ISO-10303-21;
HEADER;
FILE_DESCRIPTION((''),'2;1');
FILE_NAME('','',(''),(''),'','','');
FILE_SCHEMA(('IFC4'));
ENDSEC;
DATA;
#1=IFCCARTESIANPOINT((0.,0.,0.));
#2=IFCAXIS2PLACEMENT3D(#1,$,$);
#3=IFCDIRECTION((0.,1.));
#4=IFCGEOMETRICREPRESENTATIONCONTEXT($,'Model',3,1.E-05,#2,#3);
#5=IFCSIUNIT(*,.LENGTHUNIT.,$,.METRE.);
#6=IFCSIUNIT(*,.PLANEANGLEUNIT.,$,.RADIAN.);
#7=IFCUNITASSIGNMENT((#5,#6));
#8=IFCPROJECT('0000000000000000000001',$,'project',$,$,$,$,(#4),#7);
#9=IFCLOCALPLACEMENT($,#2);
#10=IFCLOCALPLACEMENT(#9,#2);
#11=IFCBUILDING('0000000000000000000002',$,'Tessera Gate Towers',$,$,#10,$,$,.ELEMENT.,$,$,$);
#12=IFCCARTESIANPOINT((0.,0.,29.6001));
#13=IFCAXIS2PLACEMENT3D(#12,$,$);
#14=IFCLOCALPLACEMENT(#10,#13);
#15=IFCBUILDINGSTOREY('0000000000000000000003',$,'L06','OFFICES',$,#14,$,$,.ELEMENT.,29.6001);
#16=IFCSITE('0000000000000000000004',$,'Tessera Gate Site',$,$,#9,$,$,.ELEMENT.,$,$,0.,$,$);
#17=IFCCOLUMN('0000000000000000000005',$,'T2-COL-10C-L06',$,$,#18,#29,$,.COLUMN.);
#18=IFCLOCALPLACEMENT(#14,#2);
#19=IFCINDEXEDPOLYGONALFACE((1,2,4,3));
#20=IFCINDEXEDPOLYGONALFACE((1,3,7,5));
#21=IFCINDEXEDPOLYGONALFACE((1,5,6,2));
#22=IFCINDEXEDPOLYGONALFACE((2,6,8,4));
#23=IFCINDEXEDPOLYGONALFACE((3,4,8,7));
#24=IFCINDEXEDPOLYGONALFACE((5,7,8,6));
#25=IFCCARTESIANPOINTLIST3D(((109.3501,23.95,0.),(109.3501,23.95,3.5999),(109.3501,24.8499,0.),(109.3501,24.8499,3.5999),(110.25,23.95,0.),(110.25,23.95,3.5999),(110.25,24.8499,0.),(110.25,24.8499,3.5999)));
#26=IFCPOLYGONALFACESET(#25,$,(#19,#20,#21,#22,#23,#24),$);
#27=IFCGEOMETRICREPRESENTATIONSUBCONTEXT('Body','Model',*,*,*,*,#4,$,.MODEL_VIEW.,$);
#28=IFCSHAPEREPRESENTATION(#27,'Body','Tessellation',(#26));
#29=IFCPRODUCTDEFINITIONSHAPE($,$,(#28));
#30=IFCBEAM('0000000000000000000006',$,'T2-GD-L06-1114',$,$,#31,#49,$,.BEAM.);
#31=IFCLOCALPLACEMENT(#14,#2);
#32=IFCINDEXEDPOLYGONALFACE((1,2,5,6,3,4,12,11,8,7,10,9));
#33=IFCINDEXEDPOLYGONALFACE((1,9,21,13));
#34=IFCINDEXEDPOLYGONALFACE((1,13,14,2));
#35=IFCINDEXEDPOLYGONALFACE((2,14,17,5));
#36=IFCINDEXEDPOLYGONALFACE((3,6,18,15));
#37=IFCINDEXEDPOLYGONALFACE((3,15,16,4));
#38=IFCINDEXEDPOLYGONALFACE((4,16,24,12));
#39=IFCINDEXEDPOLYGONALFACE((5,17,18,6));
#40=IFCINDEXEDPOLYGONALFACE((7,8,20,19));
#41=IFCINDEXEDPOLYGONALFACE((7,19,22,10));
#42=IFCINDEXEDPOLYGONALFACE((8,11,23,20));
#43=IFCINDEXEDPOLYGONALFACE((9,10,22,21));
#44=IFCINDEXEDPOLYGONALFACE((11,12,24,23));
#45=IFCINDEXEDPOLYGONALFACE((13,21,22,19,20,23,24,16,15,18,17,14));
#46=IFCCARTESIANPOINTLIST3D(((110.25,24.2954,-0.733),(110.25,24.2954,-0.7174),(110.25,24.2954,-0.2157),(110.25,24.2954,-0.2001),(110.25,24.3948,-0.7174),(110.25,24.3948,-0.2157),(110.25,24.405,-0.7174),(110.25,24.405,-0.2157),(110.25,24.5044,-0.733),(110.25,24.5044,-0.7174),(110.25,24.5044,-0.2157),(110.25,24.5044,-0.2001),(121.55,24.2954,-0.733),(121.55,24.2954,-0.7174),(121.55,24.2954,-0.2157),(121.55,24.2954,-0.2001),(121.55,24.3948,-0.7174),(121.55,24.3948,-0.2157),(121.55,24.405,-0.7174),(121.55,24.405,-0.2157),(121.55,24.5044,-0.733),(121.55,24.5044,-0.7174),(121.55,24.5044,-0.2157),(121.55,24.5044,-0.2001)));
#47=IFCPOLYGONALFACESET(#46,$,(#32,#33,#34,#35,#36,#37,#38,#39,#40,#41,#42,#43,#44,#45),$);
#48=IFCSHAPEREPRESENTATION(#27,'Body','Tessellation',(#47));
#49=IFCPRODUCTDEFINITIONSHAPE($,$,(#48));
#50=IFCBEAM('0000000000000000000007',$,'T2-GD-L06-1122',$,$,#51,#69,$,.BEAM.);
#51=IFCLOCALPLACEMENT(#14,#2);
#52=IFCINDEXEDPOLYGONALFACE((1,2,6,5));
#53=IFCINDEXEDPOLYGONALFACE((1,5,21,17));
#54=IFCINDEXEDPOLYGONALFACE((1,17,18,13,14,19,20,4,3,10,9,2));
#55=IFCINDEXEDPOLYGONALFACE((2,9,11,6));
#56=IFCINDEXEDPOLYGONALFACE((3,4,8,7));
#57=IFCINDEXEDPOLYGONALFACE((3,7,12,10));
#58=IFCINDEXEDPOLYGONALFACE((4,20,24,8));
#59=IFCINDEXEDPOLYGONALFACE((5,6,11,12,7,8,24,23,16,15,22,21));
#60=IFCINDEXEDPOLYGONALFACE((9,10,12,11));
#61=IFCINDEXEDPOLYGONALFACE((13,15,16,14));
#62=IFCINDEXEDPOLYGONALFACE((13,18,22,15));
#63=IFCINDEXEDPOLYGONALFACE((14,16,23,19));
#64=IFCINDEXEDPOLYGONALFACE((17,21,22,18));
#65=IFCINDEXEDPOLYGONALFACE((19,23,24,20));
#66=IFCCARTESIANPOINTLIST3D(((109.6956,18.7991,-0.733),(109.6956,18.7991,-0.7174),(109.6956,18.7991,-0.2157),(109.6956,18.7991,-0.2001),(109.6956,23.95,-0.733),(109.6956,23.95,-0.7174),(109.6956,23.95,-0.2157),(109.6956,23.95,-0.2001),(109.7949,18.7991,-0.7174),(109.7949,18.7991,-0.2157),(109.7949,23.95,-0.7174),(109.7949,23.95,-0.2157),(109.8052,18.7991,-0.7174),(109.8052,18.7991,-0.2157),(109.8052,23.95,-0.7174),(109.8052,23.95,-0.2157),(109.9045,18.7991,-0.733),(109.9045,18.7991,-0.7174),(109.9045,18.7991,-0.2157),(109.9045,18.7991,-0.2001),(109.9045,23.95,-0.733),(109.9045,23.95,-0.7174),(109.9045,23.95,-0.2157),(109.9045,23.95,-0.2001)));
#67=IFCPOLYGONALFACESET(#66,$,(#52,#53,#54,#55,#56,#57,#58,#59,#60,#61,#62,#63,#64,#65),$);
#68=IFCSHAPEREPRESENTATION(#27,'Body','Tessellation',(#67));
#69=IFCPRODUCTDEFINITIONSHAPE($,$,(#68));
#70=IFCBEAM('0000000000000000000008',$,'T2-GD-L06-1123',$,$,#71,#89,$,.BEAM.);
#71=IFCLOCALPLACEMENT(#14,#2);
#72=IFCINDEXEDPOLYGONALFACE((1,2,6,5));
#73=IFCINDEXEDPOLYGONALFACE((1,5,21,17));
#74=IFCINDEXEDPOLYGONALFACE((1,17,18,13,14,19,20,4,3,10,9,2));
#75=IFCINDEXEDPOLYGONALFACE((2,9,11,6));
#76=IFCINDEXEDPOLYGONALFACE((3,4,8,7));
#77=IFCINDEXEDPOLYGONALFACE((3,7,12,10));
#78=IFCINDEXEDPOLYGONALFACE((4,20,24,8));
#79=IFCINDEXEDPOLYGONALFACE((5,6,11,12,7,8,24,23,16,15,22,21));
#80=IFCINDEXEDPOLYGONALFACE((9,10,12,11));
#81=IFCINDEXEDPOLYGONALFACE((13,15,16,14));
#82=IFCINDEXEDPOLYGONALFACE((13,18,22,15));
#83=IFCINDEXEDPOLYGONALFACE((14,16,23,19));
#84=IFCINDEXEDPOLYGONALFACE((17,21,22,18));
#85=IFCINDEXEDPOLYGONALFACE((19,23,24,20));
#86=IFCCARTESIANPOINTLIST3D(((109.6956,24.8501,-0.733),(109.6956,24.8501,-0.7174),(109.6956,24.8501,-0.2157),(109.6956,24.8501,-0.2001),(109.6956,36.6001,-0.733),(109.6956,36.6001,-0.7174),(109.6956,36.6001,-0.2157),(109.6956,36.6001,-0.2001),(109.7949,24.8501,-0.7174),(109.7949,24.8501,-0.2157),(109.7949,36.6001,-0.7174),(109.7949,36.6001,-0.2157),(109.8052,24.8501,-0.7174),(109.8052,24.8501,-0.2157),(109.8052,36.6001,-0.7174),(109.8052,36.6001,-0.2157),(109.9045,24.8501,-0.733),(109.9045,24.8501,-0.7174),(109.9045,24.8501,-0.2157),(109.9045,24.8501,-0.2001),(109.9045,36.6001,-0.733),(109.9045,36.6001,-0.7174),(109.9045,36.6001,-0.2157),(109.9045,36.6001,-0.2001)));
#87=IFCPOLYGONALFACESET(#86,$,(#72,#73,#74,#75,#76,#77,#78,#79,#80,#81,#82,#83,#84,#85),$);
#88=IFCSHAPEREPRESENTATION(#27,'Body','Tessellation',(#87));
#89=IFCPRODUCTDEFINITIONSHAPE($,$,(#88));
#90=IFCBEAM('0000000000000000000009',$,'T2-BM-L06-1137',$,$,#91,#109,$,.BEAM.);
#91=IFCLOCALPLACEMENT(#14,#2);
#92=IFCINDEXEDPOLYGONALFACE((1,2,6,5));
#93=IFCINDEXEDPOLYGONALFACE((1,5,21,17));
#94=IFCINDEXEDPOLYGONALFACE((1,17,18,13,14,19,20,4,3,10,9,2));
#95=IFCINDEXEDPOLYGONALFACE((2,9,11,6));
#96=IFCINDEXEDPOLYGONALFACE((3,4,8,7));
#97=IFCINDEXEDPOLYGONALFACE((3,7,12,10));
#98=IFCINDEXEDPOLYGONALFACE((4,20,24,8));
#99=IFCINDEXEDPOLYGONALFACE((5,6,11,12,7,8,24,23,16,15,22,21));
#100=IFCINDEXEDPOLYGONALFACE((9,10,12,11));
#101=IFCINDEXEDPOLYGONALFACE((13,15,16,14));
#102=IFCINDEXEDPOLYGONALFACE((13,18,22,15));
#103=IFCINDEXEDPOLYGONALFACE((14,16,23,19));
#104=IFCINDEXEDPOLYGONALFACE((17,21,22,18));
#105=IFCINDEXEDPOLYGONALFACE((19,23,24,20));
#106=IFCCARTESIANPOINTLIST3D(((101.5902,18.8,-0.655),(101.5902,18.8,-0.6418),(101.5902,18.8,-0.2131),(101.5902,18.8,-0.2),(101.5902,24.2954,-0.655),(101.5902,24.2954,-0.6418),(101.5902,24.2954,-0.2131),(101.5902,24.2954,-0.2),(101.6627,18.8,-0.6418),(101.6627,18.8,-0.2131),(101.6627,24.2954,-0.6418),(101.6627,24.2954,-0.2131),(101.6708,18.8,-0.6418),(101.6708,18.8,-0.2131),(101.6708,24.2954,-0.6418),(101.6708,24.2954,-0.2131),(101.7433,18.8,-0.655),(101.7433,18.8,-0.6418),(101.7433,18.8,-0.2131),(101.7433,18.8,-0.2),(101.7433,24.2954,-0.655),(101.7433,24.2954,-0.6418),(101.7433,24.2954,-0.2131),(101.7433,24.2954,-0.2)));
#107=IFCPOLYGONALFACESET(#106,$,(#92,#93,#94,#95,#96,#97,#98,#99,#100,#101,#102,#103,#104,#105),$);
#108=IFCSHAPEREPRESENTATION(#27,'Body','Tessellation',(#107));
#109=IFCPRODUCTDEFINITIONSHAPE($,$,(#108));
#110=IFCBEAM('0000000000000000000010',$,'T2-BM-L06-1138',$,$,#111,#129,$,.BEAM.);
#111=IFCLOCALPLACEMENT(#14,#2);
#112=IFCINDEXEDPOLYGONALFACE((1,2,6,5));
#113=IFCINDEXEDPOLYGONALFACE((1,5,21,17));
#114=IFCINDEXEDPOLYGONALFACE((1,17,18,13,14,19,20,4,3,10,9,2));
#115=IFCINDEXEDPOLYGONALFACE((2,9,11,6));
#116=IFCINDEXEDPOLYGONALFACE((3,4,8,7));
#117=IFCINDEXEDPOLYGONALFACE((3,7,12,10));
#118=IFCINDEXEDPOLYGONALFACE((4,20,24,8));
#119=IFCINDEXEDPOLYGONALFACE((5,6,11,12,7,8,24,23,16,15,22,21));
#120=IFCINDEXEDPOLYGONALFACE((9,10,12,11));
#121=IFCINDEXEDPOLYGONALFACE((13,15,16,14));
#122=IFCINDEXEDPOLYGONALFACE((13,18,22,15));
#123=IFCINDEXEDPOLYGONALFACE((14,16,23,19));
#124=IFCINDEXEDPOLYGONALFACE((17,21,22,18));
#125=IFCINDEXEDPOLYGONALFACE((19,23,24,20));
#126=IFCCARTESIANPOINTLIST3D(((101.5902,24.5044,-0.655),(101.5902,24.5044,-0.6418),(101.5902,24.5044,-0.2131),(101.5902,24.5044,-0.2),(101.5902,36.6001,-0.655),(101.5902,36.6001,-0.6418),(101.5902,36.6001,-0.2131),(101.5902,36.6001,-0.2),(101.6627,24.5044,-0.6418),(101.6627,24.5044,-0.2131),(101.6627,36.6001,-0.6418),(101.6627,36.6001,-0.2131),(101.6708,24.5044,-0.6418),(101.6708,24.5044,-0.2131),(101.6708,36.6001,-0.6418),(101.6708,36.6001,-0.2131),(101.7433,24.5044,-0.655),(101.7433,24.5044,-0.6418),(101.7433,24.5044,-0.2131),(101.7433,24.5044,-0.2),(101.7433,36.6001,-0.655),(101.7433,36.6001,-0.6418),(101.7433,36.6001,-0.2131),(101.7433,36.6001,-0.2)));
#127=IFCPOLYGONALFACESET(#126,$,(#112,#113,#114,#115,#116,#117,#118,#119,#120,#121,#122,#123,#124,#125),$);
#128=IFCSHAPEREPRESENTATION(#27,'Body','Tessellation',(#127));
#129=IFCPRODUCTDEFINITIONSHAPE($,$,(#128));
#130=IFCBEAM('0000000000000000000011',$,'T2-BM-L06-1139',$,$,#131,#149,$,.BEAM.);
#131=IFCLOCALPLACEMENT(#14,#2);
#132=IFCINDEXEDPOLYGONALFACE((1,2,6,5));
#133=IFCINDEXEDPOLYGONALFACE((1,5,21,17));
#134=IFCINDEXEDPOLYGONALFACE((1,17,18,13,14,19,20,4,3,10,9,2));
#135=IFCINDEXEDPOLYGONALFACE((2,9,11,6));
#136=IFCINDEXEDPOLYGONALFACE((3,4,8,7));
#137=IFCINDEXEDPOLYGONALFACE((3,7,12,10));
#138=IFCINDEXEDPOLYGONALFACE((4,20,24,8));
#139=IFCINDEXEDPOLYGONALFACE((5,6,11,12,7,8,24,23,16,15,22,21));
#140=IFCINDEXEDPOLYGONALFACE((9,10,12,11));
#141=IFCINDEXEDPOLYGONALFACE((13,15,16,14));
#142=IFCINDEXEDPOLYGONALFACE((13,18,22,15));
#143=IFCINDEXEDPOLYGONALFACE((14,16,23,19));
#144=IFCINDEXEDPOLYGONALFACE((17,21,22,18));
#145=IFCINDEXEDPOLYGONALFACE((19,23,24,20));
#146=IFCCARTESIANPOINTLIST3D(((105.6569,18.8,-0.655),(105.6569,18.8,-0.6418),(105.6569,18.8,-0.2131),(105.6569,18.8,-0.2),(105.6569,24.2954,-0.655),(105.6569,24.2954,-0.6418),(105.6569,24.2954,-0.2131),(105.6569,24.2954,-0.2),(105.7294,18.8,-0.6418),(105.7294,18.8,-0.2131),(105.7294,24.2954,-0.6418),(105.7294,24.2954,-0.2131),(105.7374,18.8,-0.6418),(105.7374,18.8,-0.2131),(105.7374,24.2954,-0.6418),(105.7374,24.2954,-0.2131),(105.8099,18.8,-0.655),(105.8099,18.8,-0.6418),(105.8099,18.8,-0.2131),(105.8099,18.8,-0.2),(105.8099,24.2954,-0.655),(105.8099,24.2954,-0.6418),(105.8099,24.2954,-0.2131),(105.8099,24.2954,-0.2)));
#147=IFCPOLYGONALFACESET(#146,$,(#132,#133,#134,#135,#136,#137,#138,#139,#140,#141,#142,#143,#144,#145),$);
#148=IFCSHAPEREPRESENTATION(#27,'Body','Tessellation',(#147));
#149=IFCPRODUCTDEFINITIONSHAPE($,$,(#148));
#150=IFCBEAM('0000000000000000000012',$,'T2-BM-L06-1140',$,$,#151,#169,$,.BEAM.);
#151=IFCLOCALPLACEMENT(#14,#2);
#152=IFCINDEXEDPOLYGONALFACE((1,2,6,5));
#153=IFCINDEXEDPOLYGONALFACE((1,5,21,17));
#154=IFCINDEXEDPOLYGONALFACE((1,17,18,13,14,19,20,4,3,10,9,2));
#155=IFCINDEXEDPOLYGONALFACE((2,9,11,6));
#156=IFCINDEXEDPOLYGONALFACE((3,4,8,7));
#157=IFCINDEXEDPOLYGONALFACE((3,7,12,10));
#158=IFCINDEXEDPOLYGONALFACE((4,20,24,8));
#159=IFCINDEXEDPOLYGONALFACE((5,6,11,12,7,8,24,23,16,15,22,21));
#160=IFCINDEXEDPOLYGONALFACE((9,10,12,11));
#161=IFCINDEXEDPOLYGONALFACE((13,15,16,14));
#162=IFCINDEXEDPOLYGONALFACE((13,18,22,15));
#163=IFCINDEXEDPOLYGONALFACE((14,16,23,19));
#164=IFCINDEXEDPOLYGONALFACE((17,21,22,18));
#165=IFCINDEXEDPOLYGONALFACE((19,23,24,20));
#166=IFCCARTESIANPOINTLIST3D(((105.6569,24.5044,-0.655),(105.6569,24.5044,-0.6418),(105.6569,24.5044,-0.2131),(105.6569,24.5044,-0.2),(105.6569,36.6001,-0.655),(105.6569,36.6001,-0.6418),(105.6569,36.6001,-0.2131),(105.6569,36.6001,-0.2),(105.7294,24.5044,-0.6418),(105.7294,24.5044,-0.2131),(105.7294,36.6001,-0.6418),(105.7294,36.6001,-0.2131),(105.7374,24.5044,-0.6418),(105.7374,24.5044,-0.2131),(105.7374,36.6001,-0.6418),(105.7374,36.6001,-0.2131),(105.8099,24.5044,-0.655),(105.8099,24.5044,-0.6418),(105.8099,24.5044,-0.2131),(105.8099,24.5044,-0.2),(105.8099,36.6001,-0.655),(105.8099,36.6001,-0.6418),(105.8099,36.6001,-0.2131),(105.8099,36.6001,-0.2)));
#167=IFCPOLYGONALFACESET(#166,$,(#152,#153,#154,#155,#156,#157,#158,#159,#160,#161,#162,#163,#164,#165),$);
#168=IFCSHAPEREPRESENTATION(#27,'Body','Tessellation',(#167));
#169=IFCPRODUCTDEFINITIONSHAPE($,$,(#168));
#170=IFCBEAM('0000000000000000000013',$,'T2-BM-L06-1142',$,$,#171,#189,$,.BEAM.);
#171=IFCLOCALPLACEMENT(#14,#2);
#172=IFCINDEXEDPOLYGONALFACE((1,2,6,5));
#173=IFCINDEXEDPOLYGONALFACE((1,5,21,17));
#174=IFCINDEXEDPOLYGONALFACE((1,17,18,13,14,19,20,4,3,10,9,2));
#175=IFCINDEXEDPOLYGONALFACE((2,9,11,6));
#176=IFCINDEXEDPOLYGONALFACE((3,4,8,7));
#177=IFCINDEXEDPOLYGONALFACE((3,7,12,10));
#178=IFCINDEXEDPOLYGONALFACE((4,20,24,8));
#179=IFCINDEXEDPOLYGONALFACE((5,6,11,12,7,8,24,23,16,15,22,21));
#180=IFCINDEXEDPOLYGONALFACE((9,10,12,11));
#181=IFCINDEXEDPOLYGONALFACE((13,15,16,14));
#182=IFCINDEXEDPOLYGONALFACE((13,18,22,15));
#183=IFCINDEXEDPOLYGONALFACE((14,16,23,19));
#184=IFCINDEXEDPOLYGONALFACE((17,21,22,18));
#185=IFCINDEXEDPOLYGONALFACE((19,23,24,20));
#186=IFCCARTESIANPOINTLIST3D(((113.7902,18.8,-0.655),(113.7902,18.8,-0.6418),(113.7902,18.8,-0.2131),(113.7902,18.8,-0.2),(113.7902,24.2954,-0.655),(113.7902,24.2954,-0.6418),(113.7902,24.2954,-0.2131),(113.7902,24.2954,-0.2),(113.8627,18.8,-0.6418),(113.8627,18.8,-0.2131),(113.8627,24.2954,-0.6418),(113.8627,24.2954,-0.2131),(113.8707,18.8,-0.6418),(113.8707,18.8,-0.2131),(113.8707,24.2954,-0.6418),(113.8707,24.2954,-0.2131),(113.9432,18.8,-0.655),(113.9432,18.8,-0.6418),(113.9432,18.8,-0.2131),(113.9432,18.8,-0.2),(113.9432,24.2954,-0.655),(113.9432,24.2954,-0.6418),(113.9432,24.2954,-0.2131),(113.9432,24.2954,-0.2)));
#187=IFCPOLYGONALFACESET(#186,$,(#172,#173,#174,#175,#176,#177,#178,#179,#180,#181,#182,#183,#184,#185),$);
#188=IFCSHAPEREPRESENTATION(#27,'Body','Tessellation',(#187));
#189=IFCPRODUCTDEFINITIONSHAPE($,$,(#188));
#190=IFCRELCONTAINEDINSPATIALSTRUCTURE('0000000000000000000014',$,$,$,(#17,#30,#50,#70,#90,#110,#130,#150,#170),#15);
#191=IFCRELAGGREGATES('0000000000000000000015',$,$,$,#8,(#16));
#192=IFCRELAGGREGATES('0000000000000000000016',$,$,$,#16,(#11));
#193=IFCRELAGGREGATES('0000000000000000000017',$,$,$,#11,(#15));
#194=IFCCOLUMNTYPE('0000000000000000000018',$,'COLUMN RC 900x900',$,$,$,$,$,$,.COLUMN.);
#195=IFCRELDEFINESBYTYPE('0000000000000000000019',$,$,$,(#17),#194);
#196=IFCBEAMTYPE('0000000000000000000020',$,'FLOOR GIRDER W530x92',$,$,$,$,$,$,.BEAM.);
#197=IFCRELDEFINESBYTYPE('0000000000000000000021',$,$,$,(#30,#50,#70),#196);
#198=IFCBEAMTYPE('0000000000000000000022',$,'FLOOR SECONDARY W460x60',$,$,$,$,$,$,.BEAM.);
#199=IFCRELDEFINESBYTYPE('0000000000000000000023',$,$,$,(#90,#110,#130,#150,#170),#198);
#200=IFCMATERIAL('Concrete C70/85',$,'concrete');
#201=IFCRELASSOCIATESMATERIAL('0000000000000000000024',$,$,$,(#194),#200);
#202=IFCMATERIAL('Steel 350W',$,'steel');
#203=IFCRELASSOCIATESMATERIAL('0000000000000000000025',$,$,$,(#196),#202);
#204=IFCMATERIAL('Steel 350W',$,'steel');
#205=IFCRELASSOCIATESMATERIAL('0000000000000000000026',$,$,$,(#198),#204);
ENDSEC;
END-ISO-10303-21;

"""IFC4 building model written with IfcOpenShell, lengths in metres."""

from ifc_helpers import new_model, si_unit, direction, frame, origin, origin_2d, place, context, subcontext, project, spatial, rectangle, i_section, extrude, material, material_profile, profile_set, type_object, element, save


model = new_model("IFC4")

# Units and contexts
model_context = context("Model", 3, precision=1e-05, world=origin(), true_north=direction((0.0, 1.0)))
body_context = subcontext(model_context, "Body", "Model", "MODEL_VIEW")
ifc_project = project(units=[si_unit("LENGTHUNIT", "METRE"), si_unit("PLANEANGLEUNIT", "RADIAN")], contexts=[model_context])

# Site, building, storey
site_placement = place(None, origin())
site = spatial("IfcSite", under=ifc_project, at=site_placement, Name="Tessera Gate Site", CompositionType="ELEMENT", RefElevation=0.0)
building_placement = place(site_placement, origin())
building = spatial("IfcBuilding", under=site, at=building_placement, Name="Tessera Gate Towers", CompositionType="ELEMENT")
storey_placement = place(building_placement, frame((0.0, 0.0, 29.6001)))
storey = spatial("IfcBuildingStorey", under=building, at=storey_placement, Name="L06", Description="OFFICES", CompositionType="ELEMENT", Elevation=29.6001)

# Column
ifc_material_1 = material(Name="Concrete C70/85", Category="concrete")
ifc_material_profile_1 = material_profile(ifc_material_1, rectangle(XDim=0.8999, YDim=0.8999, at=origin_2d()), Name="RC 900x900")
ifc_profile_set_1 = profile_set([ifc_material_profile_1], Name="Concrete C70/85")
column_type = type_object("IfcColumnType", Name="COLUMN RC 900x900", PredefinedType="COLUMN", material=ifc_profile_set_1)
column_placement = place(storey_placement, frame((109.8, 24.3999, 0.0), z_axis=(0.0, 0.0, 1.0), x_axis=(1.0, 0.0, 0.0)))
element("IfcColumn", 1, at=column_placement, inside=storey, type_object=column_type, Name="T2-COL-10C-L06", PredefinedType="COLUMN", context=body_context, shape_type="SweptSolid", body=[
    extrude(rectangle(XDim=0.8999, YDim=0.8999, at=origin_2d()), origin(), (0.0, 0.0, 1.0), 3.5999),
])

# Beams
ifc_material_2 = material(Name="Steel 350W", Category="steel")
ifc_material_profile_2 = material_profile(ifc_material_2, i_section(OverallWidth=0.209, OverallDepth=0.533, WebThickness=0.0103, FlangeThickness=0.0156, at=origin_2d()), Name="W530x92")
ifc_profile_set_2 = profile_set([ifc_material_profile_2], Name="Steel 350W")
beam_type_1 = type_object("IfcBeamType", Name="FLOOR GIRDER W530x92", PredefinedType="BEAM", material=ifc_profile_set_2)
beam_1_placement = place(storey_placement, frame((110.25, 24.3999, -0.4666), z_axis=(1.0, 0.0, 0.0), x_axis=(0.0, 1.0, 0.0)))
element("IfcBeam", 2, at=beam_1_placement, inside=storey, type_object=beam_type_1, Name="T2-GD-L06-1114", PredefinedType="BEAM", context=body_context, shape_type="SweptSolid", body=[
    extrude(i_section(OverallWidth=0.209, OverallDepth=0.533, WebThickness=0.0103, FlangeThickness=0.0156, at=origin_2d()), origin(), (0.0, 0.0, 1.0), 11.3),
])
beam_2_placement = place(storey_placement, frame((109.8, 18.7991, -0.4666), z_axis=(0.0, 1.0, 0.0), x_axis=(-1.0, 0.0, 0.0)))
element("IfcBeam", 3, at=beam_2_placement, inside=storey, type_object=beam_type_1, Name="T2-GD-L06-1122", PredefinedType="BEAM", context=body_context, shape_type="SweptSolid", body=[
    extrude(i_section(OverallWidth=0.209, OverallDepth=0.533, WebThickness=0.0103, FlangeThickness=0.0156, at=origin_2d()), origin(), (0.0, 0.0, 1.0), 5.1509),
])
beam_3_placement = place(storey_placement, frame((109.8, 24.8501, -0.4666), z_axis=(0.0, 1.0, 0.0), x_axis=(-1.0, 0.0, 0.0)))
element("IfcBeam", 4, at=beam_3_placement, inside=storey, type_object=beam_type_1, Name="T2-GD-L06-1123", PredefinedType="BEAM", context=body_context, shape_type="SweptSolid", body=[
    extrude(i_section(OverallWidth=0.209, OverallDepth=0.533, WebThickness=0.0103, FlangeThickness=0.0156, at=origin_2d()), origin(), (0.0, 0.0, 1.0), 11.75),
])
ifc_material_3 = material(Name="Steel 350W", Category="steel")
ifc_material_profile_3 = material_profile(ifc_material_3, i_section(OverallWidth=0.1531, OverallDepth=0.4551, WebThickness=0.0081, FlangeThickness=0.0132, at=origin_2d()), Name="W460x60")
ifc_profile_set_3 = profile_set([ifc_material_profile_3], Name="Steel 350W")
beam_type_2 = type_object("IfcBeamType", Name="FLOOR SECONDARY W460x60", PredefinedType="BEAM", material=ifc_profile_set_3)
beam_4_placement = place(storey_placement, frame((101.6667, 18.8, -0.4275), z_axis=(0.0, 1.0, 0.0), x_axis=(-1.0, 0.0, 0.0)))
element("IfcBeam", 5, at=beam_4_placement, inside=storey, type_object=beam_type_2, Name="T2-BM-L06-1137", PredefinedType="BEAM", context=body_context, shape_type="SweptSolid", body=[
    extrude(i_section(OverallWidth=0.1531, OverallDepth=0.4551, WebThickness=0.0081, FlangeThickness=0.0132, at=origin_2d()), origin(), (0.0, 0.0, 1.0), 5.4954),
])
beam_5_placement = place(storey_placement, frame((101.6667, 24.5044, -0.4275), z_axis=(0.0, 1.0, 0.0), x_axis=(-1.0, 0.0, 0.0)))
element("IfcBeam", 6, at=beam_5_placement, inside=storey, type_object=beam_type_2, Name="T2-BM-L06-1138", PredefinedType="BEAM", context=body_context, shape_type="SweptSolid", body=[
    extrude(i_section(OverallWidth=0.1531, OverallDepth=0.4551, WebThickness=0.0081, FlangeThickness=0.0132, at=origin_2d()), origin(), (0.0, 0.0, 1.0), 12.0957),
])
beam_6_placement = place(storey_placement, frame((105.7334, 18.8, -0.4275), z_axis=(0.0, 1.0, 0.0), x_axis=(-1.0, 0.0, 0.0)))
element("IfcBeam", 7, at=beam_6_placement, inside=storey, type_object=beam_type_2, Name="T2-BM-L06-1139", PredefinedType="BEAM", context=body_context, shape_type="SweptSolid", body=[
    extrude(i_section(OverallWidth=0.1531, OverallDepth=0.4551, WebThickness=0.0081, FlangeThickness=0.0132, at=origin_2d()), origin(), (0.0, 0.0, 1.0), 5.4954),
])
beam_7_placement = place(storey_placement, frame((105.7334, 24.5044, -0.4275), z_axis=(0.0, 1.0, 0.0), x_axis=(-1.0, 0.0, 0.0)))
element("IfcBeam", 8, at=beam_7_placement, inside=storey, type_object=beam_type_2, Name="T2-BM-L06-1140", PredefinedType="BEAM", context=body_context, shape_type="SweptSolid", body=[
    extrude(i_section(OverallWidth=0.1531, OverallDepth=0.4551, WebThickness=0.0081, FlangeThickness=0.0132, at=origin_2d()), origin(), (0.0, 0.0, 1.0), 12.0957),
])
beam_8_placement = place(storey_placement, frame((113.8667, 18.8, -0.4275), z_axis=(0.0, 1.0, 0.0), x_axis=(-1.0, 0.0, 0.0)))
element("IfcBeam", 9, at=beam_8_placement, inside=storey, type_object=beam_type_2, Name="T2-BM-L06-1142", PredefinedType="BEAM", context=body_context, shape_type="SweptSolid", body=[
    extrude(i_section(OverallWidth=0.1531, OverallDepth=0.4551, WebThickness=0.0081, FlangeThickness=0.0132, at=origin_2d()), origin(), (0.0, 0.0, 1.0), 5.4954),
])

save(model, "model.ifc")
